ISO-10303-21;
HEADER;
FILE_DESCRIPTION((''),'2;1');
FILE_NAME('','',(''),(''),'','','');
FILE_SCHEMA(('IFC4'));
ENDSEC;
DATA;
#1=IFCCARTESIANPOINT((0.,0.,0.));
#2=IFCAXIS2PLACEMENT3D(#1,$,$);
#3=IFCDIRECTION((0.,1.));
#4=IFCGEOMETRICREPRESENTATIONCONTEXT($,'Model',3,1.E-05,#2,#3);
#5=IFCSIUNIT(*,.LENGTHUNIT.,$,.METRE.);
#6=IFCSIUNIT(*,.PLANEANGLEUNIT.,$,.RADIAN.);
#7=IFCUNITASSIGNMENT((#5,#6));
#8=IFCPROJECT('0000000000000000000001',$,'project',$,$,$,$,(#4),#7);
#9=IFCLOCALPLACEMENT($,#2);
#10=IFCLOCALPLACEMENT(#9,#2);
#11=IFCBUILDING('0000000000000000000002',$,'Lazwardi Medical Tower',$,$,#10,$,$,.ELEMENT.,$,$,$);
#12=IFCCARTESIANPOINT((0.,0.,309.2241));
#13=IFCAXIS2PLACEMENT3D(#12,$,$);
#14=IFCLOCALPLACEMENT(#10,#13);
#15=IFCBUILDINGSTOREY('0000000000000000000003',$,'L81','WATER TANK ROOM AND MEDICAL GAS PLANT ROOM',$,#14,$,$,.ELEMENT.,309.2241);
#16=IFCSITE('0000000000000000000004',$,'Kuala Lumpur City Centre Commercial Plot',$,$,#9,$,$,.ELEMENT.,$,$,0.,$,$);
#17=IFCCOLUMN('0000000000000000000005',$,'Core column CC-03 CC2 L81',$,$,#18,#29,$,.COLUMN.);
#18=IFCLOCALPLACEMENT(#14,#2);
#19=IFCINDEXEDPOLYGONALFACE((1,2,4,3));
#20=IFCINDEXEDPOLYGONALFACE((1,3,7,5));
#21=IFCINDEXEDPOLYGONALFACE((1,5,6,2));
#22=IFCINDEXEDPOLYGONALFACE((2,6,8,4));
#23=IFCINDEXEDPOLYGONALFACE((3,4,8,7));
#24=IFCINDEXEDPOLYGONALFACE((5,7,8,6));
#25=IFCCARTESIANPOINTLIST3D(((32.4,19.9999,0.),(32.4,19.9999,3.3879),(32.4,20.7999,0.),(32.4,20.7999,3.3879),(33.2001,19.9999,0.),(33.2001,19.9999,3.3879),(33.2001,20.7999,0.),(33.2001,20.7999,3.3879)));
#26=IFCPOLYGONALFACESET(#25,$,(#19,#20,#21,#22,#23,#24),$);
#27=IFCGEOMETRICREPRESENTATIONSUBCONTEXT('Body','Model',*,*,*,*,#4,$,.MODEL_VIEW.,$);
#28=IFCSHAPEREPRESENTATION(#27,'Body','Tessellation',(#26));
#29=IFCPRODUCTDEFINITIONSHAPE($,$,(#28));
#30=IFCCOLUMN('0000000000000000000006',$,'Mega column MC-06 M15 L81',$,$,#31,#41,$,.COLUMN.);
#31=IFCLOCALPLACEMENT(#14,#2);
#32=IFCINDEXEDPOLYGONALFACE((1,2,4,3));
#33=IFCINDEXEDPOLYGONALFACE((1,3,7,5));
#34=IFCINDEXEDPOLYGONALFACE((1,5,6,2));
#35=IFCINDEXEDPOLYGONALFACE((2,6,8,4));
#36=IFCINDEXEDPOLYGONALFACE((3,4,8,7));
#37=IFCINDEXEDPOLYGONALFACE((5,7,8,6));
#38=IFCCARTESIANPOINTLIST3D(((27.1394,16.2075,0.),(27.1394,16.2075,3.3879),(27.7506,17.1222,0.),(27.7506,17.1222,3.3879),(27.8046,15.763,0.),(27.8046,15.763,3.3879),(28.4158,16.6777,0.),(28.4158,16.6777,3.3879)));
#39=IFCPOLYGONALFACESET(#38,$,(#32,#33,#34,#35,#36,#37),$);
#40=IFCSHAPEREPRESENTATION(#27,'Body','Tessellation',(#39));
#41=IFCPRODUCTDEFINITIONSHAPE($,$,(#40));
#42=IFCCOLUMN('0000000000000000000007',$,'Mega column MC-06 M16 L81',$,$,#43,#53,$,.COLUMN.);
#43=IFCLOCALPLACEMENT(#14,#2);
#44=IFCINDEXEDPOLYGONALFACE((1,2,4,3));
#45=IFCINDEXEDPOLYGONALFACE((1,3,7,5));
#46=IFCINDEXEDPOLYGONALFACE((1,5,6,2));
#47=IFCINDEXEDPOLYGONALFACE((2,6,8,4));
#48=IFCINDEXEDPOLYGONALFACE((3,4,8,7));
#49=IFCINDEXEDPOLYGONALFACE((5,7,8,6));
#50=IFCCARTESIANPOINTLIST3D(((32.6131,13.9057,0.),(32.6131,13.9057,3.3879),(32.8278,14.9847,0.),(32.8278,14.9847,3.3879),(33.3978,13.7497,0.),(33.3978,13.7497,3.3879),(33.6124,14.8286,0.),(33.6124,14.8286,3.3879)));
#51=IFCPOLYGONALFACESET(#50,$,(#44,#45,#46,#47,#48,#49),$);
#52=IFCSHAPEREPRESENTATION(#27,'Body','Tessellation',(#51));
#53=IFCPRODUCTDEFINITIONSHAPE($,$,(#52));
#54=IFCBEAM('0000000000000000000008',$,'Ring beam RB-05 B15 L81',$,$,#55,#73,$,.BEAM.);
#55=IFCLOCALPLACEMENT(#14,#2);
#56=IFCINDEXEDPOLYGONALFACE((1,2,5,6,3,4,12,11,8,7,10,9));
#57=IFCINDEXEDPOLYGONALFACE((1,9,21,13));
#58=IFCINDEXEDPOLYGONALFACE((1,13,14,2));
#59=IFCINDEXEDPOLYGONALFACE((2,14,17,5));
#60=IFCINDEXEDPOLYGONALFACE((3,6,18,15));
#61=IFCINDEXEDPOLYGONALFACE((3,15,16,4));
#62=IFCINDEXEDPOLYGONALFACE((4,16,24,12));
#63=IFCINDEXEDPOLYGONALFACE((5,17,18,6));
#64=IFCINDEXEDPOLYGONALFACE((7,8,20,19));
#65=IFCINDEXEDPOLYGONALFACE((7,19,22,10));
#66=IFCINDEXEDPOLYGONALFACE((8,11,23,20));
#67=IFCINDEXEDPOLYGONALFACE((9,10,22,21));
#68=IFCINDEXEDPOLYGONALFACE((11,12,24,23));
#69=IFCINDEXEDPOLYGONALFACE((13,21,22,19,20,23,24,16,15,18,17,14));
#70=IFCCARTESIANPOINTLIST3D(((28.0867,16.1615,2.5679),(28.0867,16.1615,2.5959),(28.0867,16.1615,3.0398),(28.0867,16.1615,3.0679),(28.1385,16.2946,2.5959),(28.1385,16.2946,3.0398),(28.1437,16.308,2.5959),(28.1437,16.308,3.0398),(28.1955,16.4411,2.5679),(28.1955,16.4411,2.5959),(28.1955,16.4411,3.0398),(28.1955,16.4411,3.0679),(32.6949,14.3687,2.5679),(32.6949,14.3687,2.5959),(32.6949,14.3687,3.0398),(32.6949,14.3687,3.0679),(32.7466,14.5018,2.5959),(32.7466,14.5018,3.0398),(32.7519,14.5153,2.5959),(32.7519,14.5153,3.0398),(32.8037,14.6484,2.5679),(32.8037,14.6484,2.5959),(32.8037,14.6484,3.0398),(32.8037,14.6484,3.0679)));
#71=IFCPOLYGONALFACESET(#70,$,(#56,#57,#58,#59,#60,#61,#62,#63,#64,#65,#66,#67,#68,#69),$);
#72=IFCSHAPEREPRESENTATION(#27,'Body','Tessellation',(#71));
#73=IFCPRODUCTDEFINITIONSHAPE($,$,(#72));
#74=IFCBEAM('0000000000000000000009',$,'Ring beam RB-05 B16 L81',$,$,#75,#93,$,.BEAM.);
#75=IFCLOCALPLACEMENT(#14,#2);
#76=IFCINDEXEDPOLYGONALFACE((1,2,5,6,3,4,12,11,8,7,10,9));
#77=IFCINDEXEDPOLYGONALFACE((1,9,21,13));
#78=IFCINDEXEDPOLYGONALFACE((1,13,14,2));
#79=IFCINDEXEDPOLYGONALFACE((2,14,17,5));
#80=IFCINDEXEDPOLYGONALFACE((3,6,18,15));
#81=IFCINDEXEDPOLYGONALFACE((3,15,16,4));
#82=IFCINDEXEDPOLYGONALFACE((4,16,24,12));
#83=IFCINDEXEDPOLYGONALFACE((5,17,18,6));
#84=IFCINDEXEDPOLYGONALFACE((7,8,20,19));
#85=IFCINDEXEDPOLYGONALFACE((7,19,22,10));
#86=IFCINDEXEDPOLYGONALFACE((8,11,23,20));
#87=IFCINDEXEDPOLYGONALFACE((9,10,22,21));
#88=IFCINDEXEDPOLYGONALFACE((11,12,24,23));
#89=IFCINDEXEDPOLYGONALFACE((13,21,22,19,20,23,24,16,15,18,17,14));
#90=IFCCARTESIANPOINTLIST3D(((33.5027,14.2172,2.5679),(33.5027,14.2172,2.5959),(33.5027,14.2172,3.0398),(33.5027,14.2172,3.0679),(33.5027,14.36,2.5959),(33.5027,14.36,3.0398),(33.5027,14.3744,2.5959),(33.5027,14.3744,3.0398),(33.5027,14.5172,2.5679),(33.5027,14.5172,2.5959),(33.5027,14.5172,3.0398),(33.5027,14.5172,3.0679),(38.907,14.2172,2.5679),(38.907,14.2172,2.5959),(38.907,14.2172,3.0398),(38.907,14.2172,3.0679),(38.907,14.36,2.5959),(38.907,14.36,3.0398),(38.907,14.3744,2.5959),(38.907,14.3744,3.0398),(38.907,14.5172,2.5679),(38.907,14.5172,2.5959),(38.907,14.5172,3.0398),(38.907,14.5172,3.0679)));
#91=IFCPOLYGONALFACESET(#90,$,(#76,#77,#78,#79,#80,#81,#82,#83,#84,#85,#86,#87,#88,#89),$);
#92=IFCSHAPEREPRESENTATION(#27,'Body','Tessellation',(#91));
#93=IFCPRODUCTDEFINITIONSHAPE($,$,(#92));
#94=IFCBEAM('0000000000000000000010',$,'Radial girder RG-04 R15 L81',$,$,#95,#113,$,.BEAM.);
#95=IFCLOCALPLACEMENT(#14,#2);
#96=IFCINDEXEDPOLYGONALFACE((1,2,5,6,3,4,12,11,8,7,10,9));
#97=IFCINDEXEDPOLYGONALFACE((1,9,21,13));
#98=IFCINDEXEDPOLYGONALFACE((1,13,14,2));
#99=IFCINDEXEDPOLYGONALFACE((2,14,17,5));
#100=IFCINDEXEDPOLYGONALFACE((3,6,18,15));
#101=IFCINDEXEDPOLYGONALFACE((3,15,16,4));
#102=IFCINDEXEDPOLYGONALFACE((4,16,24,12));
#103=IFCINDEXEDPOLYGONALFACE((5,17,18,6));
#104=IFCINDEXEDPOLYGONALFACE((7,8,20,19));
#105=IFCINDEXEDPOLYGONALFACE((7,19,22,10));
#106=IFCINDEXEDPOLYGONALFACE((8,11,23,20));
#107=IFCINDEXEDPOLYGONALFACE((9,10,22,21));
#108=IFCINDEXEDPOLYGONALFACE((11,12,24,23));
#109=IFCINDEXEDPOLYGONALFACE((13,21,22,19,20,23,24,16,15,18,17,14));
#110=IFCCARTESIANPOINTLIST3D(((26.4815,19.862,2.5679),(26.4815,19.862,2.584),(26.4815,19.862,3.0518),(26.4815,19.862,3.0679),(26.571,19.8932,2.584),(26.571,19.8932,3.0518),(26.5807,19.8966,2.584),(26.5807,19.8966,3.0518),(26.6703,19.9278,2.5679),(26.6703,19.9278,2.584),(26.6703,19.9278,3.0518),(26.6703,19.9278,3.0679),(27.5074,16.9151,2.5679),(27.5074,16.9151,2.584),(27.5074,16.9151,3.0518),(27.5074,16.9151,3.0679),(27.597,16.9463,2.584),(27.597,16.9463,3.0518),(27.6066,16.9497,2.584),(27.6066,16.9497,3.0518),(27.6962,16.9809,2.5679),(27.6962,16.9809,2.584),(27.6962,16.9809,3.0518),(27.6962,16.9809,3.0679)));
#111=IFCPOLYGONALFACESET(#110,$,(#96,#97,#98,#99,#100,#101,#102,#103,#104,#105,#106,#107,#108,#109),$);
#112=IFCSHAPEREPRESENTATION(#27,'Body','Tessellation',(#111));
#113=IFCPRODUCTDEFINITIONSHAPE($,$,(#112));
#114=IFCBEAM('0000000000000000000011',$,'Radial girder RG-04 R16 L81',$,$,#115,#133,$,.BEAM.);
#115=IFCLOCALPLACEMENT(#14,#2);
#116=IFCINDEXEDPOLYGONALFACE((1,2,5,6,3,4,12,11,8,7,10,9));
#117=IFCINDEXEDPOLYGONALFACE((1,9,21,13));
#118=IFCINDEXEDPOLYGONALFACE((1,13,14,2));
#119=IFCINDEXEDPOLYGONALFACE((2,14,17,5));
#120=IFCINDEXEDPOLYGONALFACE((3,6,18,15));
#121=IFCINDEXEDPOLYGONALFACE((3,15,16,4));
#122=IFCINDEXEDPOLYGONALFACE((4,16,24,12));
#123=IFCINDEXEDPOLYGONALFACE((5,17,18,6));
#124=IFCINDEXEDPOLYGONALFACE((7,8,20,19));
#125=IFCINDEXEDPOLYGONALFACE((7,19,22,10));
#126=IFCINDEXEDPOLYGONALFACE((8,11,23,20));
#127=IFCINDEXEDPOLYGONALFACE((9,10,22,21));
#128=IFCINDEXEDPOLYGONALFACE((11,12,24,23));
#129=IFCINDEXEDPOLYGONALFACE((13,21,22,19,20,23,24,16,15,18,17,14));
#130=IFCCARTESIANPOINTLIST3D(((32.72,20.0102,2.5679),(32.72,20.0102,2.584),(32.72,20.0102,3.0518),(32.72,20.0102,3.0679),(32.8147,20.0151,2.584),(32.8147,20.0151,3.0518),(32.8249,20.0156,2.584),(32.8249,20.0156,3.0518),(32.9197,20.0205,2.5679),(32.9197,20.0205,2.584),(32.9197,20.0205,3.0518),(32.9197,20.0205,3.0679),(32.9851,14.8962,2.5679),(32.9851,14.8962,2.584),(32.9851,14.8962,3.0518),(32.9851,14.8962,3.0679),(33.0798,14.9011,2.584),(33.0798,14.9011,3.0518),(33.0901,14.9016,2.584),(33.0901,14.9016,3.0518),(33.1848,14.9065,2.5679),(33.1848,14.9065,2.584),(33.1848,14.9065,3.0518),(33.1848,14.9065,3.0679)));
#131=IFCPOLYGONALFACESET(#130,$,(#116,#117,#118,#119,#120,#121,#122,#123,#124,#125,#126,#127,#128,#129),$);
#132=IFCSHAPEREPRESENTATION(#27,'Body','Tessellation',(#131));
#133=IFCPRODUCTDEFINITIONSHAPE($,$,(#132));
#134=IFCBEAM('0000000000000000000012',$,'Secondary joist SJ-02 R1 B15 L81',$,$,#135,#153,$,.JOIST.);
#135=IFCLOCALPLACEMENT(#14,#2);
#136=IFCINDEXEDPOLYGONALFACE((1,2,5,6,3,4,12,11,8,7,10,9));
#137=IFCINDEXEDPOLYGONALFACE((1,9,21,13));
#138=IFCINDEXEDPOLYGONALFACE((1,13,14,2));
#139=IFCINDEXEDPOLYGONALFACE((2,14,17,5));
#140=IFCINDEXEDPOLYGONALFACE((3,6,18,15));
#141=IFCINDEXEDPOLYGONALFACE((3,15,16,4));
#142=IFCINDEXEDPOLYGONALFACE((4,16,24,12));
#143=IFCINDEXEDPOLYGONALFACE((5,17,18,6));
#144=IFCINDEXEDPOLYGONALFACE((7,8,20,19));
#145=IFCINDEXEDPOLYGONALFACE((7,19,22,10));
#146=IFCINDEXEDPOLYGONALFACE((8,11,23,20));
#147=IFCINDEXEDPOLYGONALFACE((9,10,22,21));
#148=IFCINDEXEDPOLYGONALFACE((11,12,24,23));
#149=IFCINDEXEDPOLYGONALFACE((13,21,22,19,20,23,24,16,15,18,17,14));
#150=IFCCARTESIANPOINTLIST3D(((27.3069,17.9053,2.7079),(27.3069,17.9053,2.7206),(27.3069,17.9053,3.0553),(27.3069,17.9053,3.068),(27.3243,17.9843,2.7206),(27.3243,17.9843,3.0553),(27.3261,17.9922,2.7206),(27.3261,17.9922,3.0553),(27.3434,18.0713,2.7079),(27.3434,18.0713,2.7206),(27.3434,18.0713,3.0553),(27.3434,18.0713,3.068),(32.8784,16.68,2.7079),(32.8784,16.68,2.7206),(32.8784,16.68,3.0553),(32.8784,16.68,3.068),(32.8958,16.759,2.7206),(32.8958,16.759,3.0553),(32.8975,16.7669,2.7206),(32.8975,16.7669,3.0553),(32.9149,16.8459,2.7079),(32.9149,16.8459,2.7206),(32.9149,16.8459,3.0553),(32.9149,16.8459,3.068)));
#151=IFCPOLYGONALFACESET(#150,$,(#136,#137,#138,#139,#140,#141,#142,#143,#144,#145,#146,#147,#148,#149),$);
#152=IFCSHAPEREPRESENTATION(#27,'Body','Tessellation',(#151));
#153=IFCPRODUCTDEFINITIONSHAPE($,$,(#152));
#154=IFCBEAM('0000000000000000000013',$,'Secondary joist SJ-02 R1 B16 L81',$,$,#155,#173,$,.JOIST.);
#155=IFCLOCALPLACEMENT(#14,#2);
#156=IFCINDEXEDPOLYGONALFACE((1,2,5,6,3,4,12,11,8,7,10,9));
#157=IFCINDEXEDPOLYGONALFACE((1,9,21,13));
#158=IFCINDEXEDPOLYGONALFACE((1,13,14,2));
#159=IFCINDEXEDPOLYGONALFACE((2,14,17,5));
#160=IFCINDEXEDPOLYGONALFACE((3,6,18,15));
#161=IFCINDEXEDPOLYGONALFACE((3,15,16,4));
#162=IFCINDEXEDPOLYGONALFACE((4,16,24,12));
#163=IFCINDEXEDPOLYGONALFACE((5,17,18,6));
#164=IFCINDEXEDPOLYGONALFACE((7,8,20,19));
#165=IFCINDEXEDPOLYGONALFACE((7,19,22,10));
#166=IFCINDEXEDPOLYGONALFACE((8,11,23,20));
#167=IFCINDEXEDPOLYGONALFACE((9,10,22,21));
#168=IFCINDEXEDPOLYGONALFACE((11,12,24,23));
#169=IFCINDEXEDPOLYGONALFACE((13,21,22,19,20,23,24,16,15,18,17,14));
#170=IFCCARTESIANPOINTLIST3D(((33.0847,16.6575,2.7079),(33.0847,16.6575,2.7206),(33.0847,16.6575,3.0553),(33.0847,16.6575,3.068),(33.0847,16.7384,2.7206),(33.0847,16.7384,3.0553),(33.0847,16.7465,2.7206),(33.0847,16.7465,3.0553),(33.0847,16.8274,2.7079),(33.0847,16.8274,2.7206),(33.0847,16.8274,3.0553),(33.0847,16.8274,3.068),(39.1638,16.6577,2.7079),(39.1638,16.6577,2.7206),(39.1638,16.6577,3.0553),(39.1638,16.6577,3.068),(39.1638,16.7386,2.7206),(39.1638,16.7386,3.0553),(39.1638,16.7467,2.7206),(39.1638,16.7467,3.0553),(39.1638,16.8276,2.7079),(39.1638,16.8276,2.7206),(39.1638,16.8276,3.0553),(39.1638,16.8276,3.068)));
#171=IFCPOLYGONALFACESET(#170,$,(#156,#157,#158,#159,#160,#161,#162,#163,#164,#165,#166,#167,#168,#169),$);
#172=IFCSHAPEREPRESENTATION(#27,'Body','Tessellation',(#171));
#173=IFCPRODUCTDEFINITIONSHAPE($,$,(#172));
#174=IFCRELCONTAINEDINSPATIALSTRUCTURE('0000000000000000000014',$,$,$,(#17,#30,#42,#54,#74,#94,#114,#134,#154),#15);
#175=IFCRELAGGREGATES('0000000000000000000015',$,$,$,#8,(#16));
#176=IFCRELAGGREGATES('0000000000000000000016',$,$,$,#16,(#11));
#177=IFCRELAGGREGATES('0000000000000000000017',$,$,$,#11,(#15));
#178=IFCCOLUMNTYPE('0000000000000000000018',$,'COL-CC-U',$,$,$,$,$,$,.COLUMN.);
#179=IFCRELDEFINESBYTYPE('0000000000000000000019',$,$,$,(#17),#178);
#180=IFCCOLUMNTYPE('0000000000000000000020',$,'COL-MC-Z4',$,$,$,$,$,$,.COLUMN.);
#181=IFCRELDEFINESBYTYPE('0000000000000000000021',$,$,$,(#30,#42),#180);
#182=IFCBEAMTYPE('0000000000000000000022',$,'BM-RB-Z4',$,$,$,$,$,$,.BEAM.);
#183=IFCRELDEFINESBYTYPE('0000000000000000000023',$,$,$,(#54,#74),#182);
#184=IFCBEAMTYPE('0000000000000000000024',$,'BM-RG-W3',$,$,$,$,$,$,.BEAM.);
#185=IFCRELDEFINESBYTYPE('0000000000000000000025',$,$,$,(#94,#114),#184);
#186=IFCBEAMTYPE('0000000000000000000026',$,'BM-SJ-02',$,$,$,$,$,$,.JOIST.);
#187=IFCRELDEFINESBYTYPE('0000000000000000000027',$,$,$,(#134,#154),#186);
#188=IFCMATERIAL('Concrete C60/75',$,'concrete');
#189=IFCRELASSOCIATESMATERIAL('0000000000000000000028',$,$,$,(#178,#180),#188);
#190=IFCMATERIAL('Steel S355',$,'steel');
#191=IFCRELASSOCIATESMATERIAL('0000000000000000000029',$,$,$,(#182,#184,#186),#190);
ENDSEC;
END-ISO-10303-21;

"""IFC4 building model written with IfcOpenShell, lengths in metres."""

from ifc_helpers import new_model, si_unit, direction, frame, origin, origin_2d, place, context, subcontext, project, spatial, rectangle, i_section, extrude, material, material_profile, profile_set, type_object, element, save


model = new_model("IFC4")

# Units and contexts
model_context = context("Model", 3, precision=1e-05, world=origin(), true_north=direction((0.0, 1.0)))
body_context = subcontext(model_context, "Body", "Model", "MODEL_VIEW")
ifc_project = project(units=[si_unit("LENGTHUNIT", "METRE"), si_unit("PLANEANGLEUNIT", "RADIAN")], contexts=[model_context])

# Site, building, storey
site_placement = place(None, origin())
site = spatial("IfcSite", under=ifc_project, at=site_placement, Name="Kuala Lumpur City Centre Commercial Plot", CompositionType="ELEMENT", RefElevation=0.0)
building_placement = place(site_placement, origin())
building = spatial("IfcBuilding", under=site, at=building_placement, Name="Lazwardi Medical Tower", CompositionType="ELEMENT")
storey_placement = place(building_placement, frame((0.0, 0.0, 309.2241)))
storey = spatial("IfcBuildingStorey", under=building, at=storey_placement, Name="L81", Description="WATER TANK ROOM AND MEDICAL GAS PLANT ROOM", CompositionType="ELEMENT", Elevation=309.2241)

# Columns
ifc_material_1 = material(Name="Concrete C60/75", Category="concrete")
ifc_material_profile_1 = material_profile(ifc_material_1, rectangle(XDim=0.8, YDim=0.8, at=origin_2d()), Name="RC 800x800")
ifc_profile_set_1 = profile_set([ifc_material_profile_1], Name="Concrete C60/75")
column_type_1 = type_object("IfcColumnType", Name="COL-CC-U", PredefinedType="COLUMN", material=ifc_profile_set_1)
column_placement = place(storey_placement, frame((32.8, 20.3999, 0.0), z_axis=(0.0, 0.0, 1.0), x_axis=(1.0, 0.0, 0.0)))
element("IfcColumn", 1, at=column_placement, inside=storey, type_object=column_type_1, Name="Core column CC-03 CC2 L81", PredefinedType="COLUMN", context=body_context, shape_type="SweptSolid", body=[
    extrude(rectangle(XDim=0.8, YDim=0.8, at=origin_2d()), origin(), (0.0, 0.0, 1.0), 3.3879),
])
ifc_material_profile_2 = material_profile(ifc_material_1, rectangle(XDim=1.1001, YDim=0.8, at=origin_2d()), Name="CFT-RECT 1100x800")
ifc_profile_set_2 = profile_set([ifc_material_profile_2], Name="Concrete C60/75")
column_type_2 = type_object("IfcColumnType", Name="COL-MC-Z4", PredefinedType="COLUMN", material=ifc_profile_set_2)
for number, where, z_axis, x_axis, name in (
    (2, (27.7776, 16.4426, 0.0), (0.0, 0.0, 1.0), (-0.55557, -0.83147, 0.0), "Mega column MC-06 M15 L81"),
    (3, (33.1128, 14.3672, 0.0), (0.0, 0.0, 1.0), (-0.19509, -0.980785, 0.0), "Mega column MC-06 M16 L81"),
):
    element("IfcColumn", number, at=place(storey_placement, frame(where, z_axis=z_axis, x_axis=x_axis)), inside=storey, type_object=column_type_2, Name=name, PredefinedType="COLUMN", context=body_context, shape_type="SweptSolid", body=[
        extrude(rectangle(XDim=1.1001, YDim=0.8, at=origin_2d()), origin(), (0.0, 0.0, 1.0), 3.3879),
    ])

# Beams
ifc_material_2 = material(Name="Steel S355", Category="steel")
ifc_material_profile_3 = material_profile(ifc_material_2, i_section(OverallWidth=0.3, OverallDepth=0.5, WebThickness=0.0144, FlangeThickness=0.0281, at=origin_2d()), Name="HEB 500")
ifc_profile_set_3 = profile_set([ifc_material_profile_3], Name="Steel S355")
beam_type_1 = type_object("IfcBeamType", Name="BM-RB-Z4", PredefinedType="BEAM", material=ifc_profile_set_3)
beam_1_placement = place(storey_placement, frame((28.1411, 16.3013, 2.8179), z_axis=(0.931959, -0.362563, 0.0), x_axis=(0.362563, 0.931959, 0.0)))
element("IfcBeam", 4, at=beam_1_placement, inside=storey, type_object=beam_type_1, Name="Ring beam RB-05 B15 L81", PredefinedType="BEAM", context=body_context, shape_type="SweptSolid", body=[
    extrude(i_section(OverallWidth=0.3, OverallDepth=0.5, WebThickness=0.0144, FlangeThickness=0.0281, at=origin_2d()), origin(), (0.0, 0.0, 1.0), 4.9446),
])
beam_2_placement = place(storey_placement, frame((33.5027, 14.3672, 2.8179), z_axis=(1.0, 0.0, 0.0), x_axis=(0.0, 1.0, 0.0)))
element("IfcBeam", 5, at=beam_2_placement, inside=storey, type_object=beam_type_1, Name="Ring beam RB-05 B16 L81", PredefinedType="BEAM", context=body_context, shape_type="SweptSolid", body=[
    extrude(i_section(OverallWidth=0.3, OverallDepth=0.5, WebThickness=0.0144, FlangeThickness=0.0281, at=origin_2d()), origin(), (0.0, 0.0, 1.0), 5.4043),
])
ifc_material_profile_4 = material_profile(ifc_material_2, i_section(OverallWidth=0.2, OverallDepth=0.5, WebThickness=0.0103, FlangeThickness=0.0161, at=origin_2d()), Name="IPE 500")
ifc_profile_set_4 = profile_set([ifc_material_profile_4], Name="Steel S355")
beam_type_2 = type_object("IfcBeamType", Name="BM-RG-W3", PredefinedType="BEAM", material=ifc_profile_set_4)
beam_3_placement = place(storey_placement, frame((27.6018, 16.948, 2.8179), z_axis=(-0.328782, 0.944406, 0.0), x_axis=(-0.944406, -0.328782, 0.0)))
element("IfcBeam", 6, at=beam_3_placement, inside=storey, type_object=beam_type_2, Name="Radial girder RG-04 R15 L81", PredefinedType="BEAM", context=body_context, shape_type="SweptSolid", body=[
    extrude(i_section(OverallWidth=0.2, OverallDepth=0.5, WebThickness=0.0103, FlangeThickness=0.0161, at=origin_2d()), origin(), (0.0, 0.0, 1.0), 3.1204),
])
beam_4_placement = place(storey_placement, frame((33.085, 14.9014, 2.8179), z_axis=(-0.051776, 0.998659, 0.0), x_axis=(-0.998659, -0.051776, 0.0)))
element("IfcBeam", 7, at=beam_4_placement, inside=storey, type_object=beam_type_2, Name="Radial girder RG-04 R16 L81", PredefinedType="BEAM", context=body_context, shape_type="SweptSolid", body=[
    extrude(i_section(OverallWidth=0.2, OverallDepth=0.5, WebThickness=0.0103, FlangeThickness=0.0161, at=origin_2d()), origin(), (0.0, 0.0, 1.0), 5.1208),
])
ifc_material_profile_5 = material_profile(ifc_material_2, i_section(OverallWidth=0.1699, OverallDepth=0.3601, WebThickness=0.0081, FlangeThickness=0.0127, at=origin_2d()), Name="IPE 360")
ifc_profile_set_5 = profile_set([ifc_material_profile_5], Name="Steel S355")
beam_type_3 = type_object("IfcBeamType", Name="BM-SJ-02", PredefinedType="JOIST", material=ifc_profile_set_5)
beam_5_placement = place(storey_placement, frame((27.3252, 17.9883, 2.8879), z_axis=(0.976659, -0.214796, 0.0), x_axis=(0.214796, 0.976659, 0.0)))
element("IfcBeam", 8, at=beam_5_placement, inside=storey, type_object=beam_type_3, Name="Secondary joist SJ-02 R1 B15 L81", PredefinedType="JOIST", context=body_context, shape_type="SweptSolid", body=[
    extrude(i_section(OverallWidth=0.1699, OverallDepth=0.3601, WebThickness=0.0081, FlangeThickness=0.0127, at=origin_2d()), origin(), (0.0, 0.0, 1.0), 5.7046),
])
beam_6_placement = place(storey_placement, frame((33.0847, 16.7424, 2.8879), z_axis=(1.0, 0.00004, 0.0), x_axis=(-0.00004, 1.0, 0.0)))
element("IfcBeam", 9, at=beam_6_placement, inside=storey, type_object=beam_type_3, Name="Secondary joist SJ-02 R1 B16 L81", PredefinedType="JOIST", context=body_context, shape_type="SweptSolid", body=[
    extrude(i_section(OverallWidth=0.1699, OverallDepth=0.3601, WebThickness=0.0081, FlangeThickness=0.0127, at=origin_2d()), origin(), (0.0, 0.0, 1.0), 6.0791),
])

save(model, "model.ifc")
